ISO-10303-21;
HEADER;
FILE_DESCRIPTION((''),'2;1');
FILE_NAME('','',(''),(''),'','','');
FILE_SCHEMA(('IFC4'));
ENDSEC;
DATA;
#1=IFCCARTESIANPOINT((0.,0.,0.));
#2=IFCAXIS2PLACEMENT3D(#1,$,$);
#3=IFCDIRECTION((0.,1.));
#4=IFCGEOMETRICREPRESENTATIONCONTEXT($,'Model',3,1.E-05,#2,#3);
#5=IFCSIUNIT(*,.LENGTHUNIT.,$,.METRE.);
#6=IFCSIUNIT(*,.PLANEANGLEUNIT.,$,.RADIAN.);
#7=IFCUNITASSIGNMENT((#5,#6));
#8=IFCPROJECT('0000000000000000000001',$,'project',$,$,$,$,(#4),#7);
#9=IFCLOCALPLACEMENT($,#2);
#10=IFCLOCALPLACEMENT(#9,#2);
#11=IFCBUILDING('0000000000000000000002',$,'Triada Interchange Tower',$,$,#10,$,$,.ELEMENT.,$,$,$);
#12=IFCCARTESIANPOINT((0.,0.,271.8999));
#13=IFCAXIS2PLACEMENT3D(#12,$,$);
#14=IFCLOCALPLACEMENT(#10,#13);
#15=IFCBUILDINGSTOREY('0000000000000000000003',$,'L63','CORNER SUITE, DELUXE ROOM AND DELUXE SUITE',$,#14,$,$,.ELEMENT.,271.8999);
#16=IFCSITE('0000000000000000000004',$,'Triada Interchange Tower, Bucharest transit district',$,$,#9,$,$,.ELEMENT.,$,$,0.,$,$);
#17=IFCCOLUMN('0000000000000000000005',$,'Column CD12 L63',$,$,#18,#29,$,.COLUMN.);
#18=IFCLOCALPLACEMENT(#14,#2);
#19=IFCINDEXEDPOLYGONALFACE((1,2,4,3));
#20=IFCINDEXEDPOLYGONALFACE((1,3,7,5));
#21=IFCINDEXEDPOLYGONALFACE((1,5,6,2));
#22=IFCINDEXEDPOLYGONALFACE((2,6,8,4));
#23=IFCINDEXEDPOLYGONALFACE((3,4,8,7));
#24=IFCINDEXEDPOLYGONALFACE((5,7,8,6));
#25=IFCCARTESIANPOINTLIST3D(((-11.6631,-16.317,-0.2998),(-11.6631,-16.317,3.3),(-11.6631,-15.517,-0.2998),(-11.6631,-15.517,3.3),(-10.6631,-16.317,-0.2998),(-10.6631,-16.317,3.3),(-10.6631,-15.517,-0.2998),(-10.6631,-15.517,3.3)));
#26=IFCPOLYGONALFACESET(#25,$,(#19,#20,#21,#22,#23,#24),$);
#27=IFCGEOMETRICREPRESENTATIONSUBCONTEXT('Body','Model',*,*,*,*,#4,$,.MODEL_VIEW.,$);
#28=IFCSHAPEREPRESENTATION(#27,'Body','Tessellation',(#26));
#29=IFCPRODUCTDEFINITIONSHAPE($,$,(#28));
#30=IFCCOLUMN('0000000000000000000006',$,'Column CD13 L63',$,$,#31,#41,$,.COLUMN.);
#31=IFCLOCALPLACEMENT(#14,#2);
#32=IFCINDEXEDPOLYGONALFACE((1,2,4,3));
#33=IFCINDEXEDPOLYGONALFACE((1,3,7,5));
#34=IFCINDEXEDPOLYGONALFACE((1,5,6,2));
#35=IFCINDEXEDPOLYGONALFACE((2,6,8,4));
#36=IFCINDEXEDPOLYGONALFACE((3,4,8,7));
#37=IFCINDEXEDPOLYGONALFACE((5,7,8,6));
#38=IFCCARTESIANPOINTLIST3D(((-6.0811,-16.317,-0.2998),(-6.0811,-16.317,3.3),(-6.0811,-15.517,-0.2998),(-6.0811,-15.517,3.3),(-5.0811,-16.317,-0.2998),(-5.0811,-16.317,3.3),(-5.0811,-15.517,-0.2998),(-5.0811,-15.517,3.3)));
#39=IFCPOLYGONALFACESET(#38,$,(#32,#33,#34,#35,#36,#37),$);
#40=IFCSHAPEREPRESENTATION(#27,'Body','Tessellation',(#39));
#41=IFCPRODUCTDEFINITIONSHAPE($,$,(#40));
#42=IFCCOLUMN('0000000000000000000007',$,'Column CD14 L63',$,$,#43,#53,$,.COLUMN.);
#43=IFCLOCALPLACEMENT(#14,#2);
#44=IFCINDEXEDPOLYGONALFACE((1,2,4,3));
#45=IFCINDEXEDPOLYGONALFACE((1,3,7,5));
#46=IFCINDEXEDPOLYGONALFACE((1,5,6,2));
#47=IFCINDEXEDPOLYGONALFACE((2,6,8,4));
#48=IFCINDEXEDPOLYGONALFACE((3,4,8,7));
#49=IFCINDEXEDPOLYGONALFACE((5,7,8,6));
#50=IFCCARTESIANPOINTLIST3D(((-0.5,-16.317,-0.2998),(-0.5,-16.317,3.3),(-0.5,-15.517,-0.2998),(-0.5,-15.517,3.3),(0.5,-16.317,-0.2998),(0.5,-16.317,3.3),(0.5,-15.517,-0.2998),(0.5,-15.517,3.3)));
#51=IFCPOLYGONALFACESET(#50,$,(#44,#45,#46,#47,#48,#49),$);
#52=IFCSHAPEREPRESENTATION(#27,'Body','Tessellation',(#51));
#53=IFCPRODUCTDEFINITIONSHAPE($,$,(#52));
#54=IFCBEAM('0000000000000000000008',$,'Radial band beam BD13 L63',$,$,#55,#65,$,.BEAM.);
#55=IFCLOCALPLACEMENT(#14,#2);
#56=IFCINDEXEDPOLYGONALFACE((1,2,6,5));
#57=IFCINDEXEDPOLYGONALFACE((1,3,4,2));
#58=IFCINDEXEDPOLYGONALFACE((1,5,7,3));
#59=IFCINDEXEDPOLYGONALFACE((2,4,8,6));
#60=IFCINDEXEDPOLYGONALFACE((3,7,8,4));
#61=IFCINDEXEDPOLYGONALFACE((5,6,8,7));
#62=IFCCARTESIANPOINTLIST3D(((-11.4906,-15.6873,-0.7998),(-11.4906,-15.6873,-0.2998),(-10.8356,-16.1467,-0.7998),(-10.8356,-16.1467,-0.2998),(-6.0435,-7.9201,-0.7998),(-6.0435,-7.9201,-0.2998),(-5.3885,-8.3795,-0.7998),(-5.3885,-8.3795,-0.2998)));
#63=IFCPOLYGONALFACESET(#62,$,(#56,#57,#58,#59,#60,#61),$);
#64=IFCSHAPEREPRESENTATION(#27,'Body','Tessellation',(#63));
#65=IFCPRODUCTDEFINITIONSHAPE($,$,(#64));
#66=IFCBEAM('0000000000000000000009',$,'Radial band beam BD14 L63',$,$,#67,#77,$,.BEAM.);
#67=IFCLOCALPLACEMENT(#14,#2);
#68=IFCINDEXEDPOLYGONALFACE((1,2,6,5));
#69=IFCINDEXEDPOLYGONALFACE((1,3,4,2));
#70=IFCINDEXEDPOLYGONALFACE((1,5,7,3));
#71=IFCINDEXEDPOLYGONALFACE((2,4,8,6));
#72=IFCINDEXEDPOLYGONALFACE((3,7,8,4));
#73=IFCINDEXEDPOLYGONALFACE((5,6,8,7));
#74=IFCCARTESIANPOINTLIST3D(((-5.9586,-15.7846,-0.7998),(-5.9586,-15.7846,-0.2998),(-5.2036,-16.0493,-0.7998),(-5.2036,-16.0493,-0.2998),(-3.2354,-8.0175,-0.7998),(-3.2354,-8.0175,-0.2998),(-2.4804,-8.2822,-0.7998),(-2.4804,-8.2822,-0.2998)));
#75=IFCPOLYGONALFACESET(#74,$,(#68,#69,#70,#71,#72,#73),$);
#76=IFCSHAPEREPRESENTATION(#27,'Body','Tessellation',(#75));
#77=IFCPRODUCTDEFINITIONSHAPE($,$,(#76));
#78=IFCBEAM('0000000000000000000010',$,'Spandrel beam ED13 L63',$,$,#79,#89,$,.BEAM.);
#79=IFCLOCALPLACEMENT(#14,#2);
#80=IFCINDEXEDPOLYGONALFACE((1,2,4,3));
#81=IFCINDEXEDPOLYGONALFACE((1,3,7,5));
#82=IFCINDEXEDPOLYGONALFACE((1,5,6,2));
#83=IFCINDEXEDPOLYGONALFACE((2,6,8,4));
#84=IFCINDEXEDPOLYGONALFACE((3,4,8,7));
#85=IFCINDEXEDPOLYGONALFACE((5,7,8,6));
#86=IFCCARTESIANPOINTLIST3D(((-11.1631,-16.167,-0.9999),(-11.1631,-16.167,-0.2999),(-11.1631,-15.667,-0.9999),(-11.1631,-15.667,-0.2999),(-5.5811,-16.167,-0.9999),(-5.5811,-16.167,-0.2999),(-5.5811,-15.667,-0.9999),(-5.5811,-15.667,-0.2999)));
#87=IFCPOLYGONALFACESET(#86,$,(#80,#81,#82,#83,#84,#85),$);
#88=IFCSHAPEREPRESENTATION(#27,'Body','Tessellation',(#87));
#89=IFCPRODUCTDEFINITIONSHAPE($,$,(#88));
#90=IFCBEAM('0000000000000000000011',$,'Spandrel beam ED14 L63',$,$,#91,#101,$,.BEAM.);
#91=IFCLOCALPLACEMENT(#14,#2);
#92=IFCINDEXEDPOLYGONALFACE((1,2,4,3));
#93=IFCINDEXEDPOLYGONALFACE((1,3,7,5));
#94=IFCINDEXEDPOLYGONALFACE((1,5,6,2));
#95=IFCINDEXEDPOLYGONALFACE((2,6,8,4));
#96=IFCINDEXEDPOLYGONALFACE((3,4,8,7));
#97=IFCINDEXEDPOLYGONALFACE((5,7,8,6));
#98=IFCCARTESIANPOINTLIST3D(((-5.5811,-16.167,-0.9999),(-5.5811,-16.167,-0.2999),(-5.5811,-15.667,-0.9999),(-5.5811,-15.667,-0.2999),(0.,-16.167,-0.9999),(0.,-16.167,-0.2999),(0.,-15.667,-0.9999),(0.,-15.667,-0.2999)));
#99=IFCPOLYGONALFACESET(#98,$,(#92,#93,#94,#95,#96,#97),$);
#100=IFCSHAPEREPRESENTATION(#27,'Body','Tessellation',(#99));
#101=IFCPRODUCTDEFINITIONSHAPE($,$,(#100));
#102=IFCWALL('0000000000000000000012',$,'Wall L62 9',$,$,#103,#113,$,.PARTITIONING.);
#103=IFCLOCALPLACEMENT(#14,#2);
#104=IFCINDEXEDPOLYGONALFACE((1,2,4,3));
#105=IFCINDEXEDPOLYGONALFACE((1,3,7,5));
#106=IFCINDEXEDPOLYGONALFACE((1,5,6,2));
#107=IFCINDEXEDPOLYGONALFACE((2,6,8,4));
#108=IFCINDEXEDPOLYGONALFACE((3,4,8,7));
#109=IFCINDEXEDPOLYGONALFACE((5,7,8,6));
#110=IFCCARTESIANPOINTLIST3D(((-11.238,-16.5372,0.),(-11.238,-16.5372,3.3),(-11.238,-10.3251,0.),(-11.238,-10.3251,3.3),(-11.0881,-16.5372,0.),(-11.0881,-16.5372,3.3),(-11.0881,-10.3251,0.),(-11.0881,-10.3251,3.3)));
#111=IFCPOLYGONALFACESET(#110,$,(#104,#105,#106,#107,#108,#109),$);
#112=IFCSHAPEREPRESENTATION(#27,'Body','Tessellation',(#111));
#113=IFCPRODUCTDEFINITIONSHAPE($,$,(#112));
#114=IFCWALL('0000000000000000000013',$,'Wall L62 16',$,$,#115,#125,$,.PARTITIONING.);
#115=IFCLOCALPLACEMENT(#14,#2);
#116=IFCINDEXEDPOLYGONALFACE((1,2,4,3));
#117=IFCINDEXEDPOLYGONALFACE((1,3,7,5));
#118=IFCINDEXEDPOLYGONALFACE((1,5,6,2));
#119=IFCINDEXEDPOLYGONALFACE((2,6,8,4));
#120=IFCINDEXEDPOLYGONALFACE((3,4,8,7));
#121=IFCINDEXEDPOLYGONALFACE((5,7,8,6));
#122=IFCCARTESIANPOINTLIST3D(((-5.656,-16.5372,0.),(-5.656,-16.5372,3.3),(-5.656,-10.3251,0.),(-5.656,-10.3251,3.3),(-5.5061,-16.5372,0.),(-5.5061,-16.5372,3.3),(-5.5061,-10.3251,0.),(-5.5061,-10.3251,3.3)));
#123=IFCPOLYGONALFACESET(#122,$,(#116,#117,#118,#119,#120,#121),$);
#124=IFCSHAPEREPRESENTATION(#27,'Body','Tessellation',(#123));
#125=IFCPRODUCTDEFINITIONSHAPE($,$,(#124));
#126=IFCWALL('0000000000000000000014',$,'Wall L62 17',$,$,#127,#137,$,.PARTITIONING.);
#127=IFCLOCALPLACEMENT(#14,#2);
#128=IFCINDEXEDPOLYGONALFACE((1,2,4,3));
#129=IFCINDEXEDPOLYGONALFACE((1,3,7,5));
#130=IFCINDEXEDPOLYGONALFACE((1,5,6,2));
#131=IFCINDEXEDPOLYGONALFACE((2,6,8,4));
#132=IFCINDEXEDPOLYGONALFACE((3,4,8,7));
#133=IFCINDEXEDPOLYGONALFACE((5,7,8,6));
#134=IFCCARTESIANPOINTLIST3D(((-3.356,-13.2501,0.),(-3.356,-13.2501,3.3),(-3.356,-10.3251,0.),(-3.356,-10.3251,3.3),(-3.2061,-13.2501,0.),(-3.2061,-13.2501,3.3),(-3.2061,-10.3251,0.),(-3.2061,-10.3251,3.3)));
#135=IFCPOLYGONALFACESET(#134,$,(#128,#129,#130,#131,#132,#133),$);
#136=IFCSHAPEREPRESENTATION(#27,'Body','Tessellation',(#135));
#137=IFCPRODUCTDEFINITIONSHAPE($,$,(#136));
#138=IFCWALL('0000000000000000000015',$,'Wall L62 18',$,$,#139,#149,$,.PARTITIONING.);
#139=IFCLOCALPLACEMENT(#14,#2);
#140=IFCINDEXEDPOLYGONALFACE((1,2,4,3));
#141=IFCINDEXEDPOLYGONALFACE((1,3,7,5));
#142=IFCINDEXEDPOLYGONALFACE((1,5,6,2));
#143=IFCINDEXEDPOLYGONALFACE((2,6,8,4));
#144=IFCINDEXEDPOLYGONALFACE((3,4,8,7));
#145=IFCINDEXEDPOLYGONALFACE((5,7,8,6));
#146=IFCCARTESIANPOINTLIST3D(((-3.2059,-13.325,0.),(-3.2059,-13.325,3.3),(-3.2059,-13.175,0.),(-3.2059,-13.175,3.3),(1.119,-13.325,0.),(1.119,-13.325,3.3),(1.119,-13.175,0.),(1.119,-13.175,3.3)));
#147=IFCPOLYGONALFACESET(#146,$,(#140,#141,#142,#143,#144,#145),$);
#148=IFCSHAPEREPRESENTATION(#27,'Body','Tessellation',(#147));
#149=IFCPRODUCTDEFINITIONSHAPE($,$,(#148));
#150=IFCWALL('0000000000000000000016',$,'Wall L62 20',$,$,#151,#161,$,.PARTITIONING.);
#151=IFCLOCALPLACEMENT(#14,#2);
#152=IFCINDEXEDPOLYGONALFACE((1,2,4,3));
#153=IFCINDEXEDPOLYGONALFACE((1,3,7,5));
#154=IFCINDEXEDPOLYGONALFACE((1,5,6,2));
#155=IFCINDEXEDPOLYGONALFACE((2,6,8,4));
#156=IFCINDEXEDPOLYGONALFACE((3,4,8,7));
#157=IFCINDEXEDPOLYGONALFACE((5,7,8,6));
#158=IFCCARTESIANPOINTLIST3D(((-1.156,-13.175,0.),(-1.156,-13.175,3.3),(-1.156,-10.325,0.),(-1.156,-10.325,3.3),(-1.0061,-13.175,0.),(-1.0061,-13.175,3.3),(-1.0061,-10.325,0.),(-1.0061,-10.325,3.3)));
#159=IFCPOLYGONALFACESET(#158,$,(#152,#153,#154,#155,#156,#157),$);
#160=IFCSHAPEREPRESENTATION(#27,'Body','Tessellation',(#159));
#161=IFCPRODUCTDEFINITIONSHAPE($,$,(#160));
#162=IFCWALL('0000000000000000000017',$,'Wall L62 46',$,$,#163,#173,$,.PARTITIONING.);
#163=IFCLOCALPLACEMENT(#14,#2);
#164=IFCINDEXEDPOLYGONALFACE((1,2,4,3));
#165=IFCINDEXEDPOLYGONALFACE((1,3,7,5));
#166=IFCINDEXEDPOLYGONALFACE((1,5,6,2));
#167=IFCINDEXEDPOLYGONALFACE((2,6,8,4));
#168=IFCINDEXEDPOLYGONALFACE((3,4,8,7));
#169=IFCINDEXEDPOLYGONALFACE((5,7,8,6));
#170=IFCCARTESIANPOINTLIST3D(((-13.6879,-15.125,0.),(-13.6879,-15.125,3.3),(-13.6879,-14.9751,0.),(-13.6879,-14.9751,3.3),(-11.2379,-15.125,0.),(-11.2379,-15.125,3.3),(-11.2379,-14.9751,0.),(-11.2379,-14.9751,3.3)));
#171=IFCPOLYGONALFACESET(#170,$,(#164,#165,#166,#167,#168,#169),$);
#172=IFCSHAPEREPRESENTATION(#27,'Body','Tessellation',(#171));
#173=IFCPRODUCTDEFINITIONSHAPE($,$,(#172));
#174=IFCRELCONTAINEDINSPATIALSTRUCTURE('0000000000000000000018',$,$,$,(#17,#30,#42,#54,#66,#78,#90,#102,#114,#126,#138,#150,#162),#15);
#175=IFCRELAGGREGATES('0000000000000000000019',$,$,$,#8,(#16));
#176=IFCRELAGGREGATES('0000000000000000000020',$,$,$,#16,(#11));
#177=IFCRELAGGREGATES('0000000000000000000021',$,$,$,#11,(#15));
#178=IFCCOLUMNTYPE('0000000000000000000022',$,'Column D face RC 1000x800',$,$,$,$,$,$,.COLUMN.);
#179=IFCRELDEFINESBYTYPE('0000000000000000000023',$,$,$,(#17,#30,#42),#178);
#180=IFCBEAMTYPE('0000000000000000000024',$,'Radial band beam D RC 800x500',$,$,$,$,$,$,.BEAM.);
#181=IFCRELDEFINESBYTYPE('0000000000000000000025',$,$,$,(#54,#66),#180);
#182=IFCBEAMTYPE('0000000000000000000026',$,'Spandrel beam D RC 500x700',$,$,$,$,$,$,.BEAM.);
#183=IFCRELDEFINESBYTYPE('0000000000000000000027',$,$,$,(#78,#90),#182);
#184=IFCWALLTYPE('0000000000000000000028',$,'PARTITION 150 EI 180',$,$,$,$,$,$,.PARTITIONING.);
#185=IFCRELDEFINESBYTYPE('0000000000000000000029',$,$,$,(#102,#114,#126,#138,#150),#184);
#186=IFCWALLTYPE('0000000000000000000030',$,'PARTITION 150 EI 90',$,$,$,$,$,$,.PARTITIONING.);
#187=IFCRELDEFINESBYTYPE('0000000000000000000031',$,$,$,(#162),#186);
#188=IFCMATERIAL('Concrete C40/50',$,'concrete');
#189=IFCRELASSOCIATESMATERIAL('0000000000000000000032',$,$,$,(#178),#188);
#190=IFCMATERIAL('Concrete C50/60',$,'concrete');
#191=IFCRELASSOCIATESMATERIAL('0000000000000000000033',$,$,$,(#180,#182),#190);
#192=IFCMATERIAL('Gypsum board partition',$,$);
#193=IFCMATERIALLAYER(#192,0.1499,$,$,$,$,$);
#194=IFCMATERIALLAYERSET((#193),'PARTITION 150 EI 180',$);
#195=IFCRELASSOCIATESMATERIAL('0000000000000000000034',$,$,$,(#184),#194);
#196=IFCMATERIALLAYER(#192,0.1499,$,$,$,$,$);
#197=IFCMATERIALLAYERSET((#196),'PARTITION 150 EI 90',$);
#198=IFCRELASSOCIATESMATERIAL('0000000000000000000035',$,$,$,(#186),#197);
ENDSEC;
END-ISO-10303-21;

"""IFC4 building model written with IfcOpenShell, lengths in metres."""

from ifc_helpers import new_model, si_unit, direction, frame, frame_2d, origin, origin_2d, place, context, subcontext, project, spatial, rectangle, extrude, material, layer, layer_set, material_profile, profile_set, type_object, element, save


model = new_model("IFC4")

# Units and contexts
model_context = context("Model", 3, precision=1e-05, world=origin(), true_north=direction((0.0, 1.0)))
body_context = subcontext(model_context, "Body", "Model", "MODEL_VIEW")
ifc_project = project(units=[si_unit("LENGTHUNIT", "METRE"), si_unit("PLANEANGLEUNIT", "RADIAN")], contexts=[model_context])

# Site, building, storey
site_placement = place(None, origin())
site = spatial("IfcSite", under=ifc_project, at=site_placement, Name="Triada Interchange Tower, Bucharest transit district", CompositionType="ELEMENT", RefElevation=0.0)
building_placement = place(site_placement, origin())
building = spatial("IfcBuilding", under=site, at=building_placement, Name="Triada Interchange Tower", CompositionType="ELEMENT")
storey_placement = place(building_placement, frame((0.0, 0.0, 271.8999)))
storey = spatial("IfcBuildingStorey", under=building, at=storey_placement, Name="L63", Description="CORNER SUITE, DELUXE ROOM AND DELUXE SUITE", CompositionType="ELEMENT", Elevation=271.8999)

# Columns
ifc_material_1 = material(Name="Concrete C40/50", Category="concrete")
ifc_material_profile_1 = material_profile(ifc_material_1, rectangle(XDim=1.0, YDim=0.8, at=origin_2d()), Name="RC 1000x800")
ifc_profile_set_1 = profile_set([ifc_material_profile_1], Name="Concrete C40/50")
column_type = type_object("IfcColumnType", Name="Column D face RC 1000x800", PredefinedType="COLUMN", material=ifc_profile_set_1)
for number, where, z_axis, x_axis, name in (
    (1, (-11.1631, -15.917, -0.2998), (0.0, 0.0, 1.0), (1.0, 0.0, 0.0), "Column CD12 L63"),
    (2, (-5.5811, -15.917, -0.2998), (0.0, 0.0, 1.0), (1.0, 0.0, 0.0), "Column CD13 L63"),
    (3, (0.0, -15.917, -0.2998), (0.0, 0.0, 1.0), (1.0, 0.0, 0.0), "Column CD14 L63"),
):
    element("IfcColumn", number, at=place(storey_placement, frame(where, z_axis=z_axis, x_axis=x_axis)), inside=storey, type_object=column_type, Name=name, PredefinedType="COLUMN", context=body_context, shape_type="SweptSolid", body=[
        extrude(rectangle(XDim=1.0, YDim=0.8, at=origin_2d()), origin(), (0.0, 0.0, 1.0), 3.5999),
    ])

# Beams
ifc_material_2 = material(Name="Concrete C50/60", Category="concrete")
ifc_material_profile_2 = material_profile(ifc_material_2, rectangle(XDim=0.8, YDim=0.5, at=origin_2d()), Name="RC 800x500")
ifc_profile_set_2 = profile_set([ifc_material_profile_2], Name="Concrete C50/60")
beam_type_1 = type_object("IfcBeamType", Name="Radial band beam D RC 800x500", PredefinedType="BEAM", material=ifc_profile_set_2)
beam_1_placement = place(storey_placement, frame((-11.1631, -15.917, -0.5498), z_axis=(0.574174, 0.818733, 0.0), x_axis=(-0.818733, 0.574174, 0.0)))
element("IfcBeam", 4, at=beam_1_placement, inside=storey, type_object=beam_type_1, Name="Radial band beam BD13 L63", PredefinedType="BEAM", context=body_context, shape_type="SweptSolid", body=[
    extrude(rectangle(XDim=0.8, YDim=0.5, at=origin_2d()), origin(), (0.0, 0.0, 1.0), 9.4868),
])
beam_2_placement = place(storey_placement, frame((-5.5811, -15.917, -0.5498), z_axis=(0.330855, 0.943682, 0.0), x_axis=(-0.943682, 0.330855, 0.0)))
element("IfcBeam", 5, at=beam_2_placement, inside=storey, type_object=beam_type_1, Name="Radial band beam BD14 L63", PredefinedType="BEAM", context=body_context, shape_type="SweptSolid", body=[
    extrude(rectangle(XDim=0.8, YDim=0.5, at=origin_2d()), origin(), (0.0, 0.0, 1.0), 8.2307),
])
ifc_material_profile_3 = material_profile(ifc_material_2, rectangle(XDim=0.5, YDim=0.7, at=origin_2d()), Name="RC 500x700")
ifc_profile_set_3 = profile_set([ifc_material_profile_3], Name="Concrete C50/60")
beam_type_2 = type_object("IfcBeamType", Name="Spandrel beam D RC 500x700", PredefinedType="BEAM", material=ifc_profile_set_3)
beam_3_placement = place(storey_placement, frame((-11.1631, -15.917, -0.6499), z_axis=(1.0, 0.0, 0.0), x_axis=(0.0, 1.0, 0.0)))
element("IfcBeam", 6, at=beam_3_placement, inside=storey, type_object=beam_type_2, Name="Spandrel beam ED13 L63", PredefinedType="BEAM", context=body_context, shape_type="SweptSolid", body=[
    extrude(rectangle(XDim=0.5, YDim=0.7, at=origin_2d()), origin(), (0.0, 0.0, 1.0), 5.582),
])
beam_4_placement = place(storey_placement, frame((-5.5811, -15.917, -0.6499), z_axis=(1.0, 0.0, 0.0), x_axis=(0.0, 1.0, 0.0)))
element("IfcBeam", 7, at=beam_4_placement, inside=storey, type_object=beam_type_2, Name="Spandrel beam ED14 L63", PredefinedType="BEAM", context=body_context, shape_type="SweptSolid", body=[
    extrude(rectangle(XDim=0.5, YDim=0.7, at=origin_2d()), origin(), (0.0, 0.0, 1.0), 5.5811),
])

# Walls
ifc_material_3 = material(Name="Gypsum board partition")
ifc_layer_1 = layer(ifc_material_3, 0.1499)
ifc_layer_set_1 = layer_set([ifc_layer_1], Name="PARTITION 150 EI 180")
wall_type_1 = type_object("IfcWallType", Name="PARTITION 150 EI 180", PredefinedType="PARTITIONING", material=ifc_layer_set_1)
for number, where, z_axis, x_axis, name in (
    (8, (-11.1631, -16.5371, 0.0), (0.0, 0.0, 1.0), (0.0, 1.0, 0.0), "Wall L62 9"),
    (9, (-5.5811, -16.5371, 0.0), (0.0, 0.0, 1.0), (0.0, 1.0, 0.0), "Wall L62 16"),
):
    element("IfcWall", number, at=place(storey_placement, frame(where, z_axis=z_axis, x_axis=x_axis)), inside=storey, type_object=wall_type_1, Name=name, PredefinedType="PARTITIONING", context=body_context, shape_type="SweptSolid", body=[
        extrude(rectangle(XDim=6.2122, YDim=0.1499, at=frame_2d((3.106, 0.0))), origin(), (0.0, 0.0, 1.0), 3.3),
    ])
wall_1_placement = place(storey_placement, frame((-3.281, -13.25, 0.0), z_axis=(0.0, 0.0, 1.0), x_axis=(0.0, 1.0, 0.0)))
element("IfcWall", 10, at=wall_1_placement, inside=storey, type_object=wall_type_1, Name="Wall L62 17", PredefinedType="PARTITIONING", context=body_context, shape_type="SweptSolid", body=[
    extrude(rectangle(XDim=2.925, YDim=0.1499, at=frame_2d((1.4624, 0.0))), origin(), (0.0, 0.0, 1.0), 3.3),
])
wall_2_placement = place(storey_placement, frame((-3.2061, -13.25, 0.0), z_axis=(0.0, 0.0, 1.0), x_axis=(1.0, 0.0, 0.0)))
element("IfcWall", 11, at=wall_2_placement, inside=storey, type_object=wall_type_1, Name="Wall L62 18", PredefinedType="PARTITIONING", context=body_context, shape_type="SweptSolid", body=[
    extrude(rectangle(XDim=4.325, YDim=0.1499, at=frame_2d((2.1626, 0.0))), origin(), (0.0, 0.0, 1.0), 3.3),
])
wall_3_placement = place(storey_placement, frame((-1.0811, -13.175, 0.0), z_axis=(0.0, 0.0, 1.0), x_axis=(0.0, 1.0, 0.0)))
element("IfcWall", 12, at=wall_3_placement, inside=storey, type_object=wall_type_1, Name="Wall L62 20", PredefinedType="PARTITIONING", context=body_context, shape_type="SweptSolid", body=[
    extrude(rectangle(XDim=2.8501, YDim=0.1499, at=frame_2d((1.425, 0.0))), origin(), (0.0, 0.0, 1.0), 3.3),
])
ifc_layer_2 = layer(ifc_material_3, 0.1499)
ifc_layer_set_2 = layer_set([ifc_layer_2], Name="PARTITION 150 EI 90")
wall_type_2 = type_object("IfcWallType", Name="PARTITION 150 EI 90", PredefinedType="PARTITIONING", material=ifc_layer_set_2)
wall_4_placement = place(storey_placement, frame((-13.688, -15.05, 0.0), z_axis=(0.0, 0.0, 1.0), x_axis=(1.0, 0.0, 0.0)))
element("IfcWall", 13, at=wall_4_placement, inside=storey, type_object=wall_type_2, Name="Wall L62 46", PredefinedType="PARTITIONING", context=body_context, shape_type="SweptSolid", body=[
    extrude(rectangle(XDim=2.45, YDim=0.1499, at=frame_2d((1.2251, 0.0))), origin(), (0.0, 0.0, 1.0), 3.3),
])

save(model, "model.ifc")
